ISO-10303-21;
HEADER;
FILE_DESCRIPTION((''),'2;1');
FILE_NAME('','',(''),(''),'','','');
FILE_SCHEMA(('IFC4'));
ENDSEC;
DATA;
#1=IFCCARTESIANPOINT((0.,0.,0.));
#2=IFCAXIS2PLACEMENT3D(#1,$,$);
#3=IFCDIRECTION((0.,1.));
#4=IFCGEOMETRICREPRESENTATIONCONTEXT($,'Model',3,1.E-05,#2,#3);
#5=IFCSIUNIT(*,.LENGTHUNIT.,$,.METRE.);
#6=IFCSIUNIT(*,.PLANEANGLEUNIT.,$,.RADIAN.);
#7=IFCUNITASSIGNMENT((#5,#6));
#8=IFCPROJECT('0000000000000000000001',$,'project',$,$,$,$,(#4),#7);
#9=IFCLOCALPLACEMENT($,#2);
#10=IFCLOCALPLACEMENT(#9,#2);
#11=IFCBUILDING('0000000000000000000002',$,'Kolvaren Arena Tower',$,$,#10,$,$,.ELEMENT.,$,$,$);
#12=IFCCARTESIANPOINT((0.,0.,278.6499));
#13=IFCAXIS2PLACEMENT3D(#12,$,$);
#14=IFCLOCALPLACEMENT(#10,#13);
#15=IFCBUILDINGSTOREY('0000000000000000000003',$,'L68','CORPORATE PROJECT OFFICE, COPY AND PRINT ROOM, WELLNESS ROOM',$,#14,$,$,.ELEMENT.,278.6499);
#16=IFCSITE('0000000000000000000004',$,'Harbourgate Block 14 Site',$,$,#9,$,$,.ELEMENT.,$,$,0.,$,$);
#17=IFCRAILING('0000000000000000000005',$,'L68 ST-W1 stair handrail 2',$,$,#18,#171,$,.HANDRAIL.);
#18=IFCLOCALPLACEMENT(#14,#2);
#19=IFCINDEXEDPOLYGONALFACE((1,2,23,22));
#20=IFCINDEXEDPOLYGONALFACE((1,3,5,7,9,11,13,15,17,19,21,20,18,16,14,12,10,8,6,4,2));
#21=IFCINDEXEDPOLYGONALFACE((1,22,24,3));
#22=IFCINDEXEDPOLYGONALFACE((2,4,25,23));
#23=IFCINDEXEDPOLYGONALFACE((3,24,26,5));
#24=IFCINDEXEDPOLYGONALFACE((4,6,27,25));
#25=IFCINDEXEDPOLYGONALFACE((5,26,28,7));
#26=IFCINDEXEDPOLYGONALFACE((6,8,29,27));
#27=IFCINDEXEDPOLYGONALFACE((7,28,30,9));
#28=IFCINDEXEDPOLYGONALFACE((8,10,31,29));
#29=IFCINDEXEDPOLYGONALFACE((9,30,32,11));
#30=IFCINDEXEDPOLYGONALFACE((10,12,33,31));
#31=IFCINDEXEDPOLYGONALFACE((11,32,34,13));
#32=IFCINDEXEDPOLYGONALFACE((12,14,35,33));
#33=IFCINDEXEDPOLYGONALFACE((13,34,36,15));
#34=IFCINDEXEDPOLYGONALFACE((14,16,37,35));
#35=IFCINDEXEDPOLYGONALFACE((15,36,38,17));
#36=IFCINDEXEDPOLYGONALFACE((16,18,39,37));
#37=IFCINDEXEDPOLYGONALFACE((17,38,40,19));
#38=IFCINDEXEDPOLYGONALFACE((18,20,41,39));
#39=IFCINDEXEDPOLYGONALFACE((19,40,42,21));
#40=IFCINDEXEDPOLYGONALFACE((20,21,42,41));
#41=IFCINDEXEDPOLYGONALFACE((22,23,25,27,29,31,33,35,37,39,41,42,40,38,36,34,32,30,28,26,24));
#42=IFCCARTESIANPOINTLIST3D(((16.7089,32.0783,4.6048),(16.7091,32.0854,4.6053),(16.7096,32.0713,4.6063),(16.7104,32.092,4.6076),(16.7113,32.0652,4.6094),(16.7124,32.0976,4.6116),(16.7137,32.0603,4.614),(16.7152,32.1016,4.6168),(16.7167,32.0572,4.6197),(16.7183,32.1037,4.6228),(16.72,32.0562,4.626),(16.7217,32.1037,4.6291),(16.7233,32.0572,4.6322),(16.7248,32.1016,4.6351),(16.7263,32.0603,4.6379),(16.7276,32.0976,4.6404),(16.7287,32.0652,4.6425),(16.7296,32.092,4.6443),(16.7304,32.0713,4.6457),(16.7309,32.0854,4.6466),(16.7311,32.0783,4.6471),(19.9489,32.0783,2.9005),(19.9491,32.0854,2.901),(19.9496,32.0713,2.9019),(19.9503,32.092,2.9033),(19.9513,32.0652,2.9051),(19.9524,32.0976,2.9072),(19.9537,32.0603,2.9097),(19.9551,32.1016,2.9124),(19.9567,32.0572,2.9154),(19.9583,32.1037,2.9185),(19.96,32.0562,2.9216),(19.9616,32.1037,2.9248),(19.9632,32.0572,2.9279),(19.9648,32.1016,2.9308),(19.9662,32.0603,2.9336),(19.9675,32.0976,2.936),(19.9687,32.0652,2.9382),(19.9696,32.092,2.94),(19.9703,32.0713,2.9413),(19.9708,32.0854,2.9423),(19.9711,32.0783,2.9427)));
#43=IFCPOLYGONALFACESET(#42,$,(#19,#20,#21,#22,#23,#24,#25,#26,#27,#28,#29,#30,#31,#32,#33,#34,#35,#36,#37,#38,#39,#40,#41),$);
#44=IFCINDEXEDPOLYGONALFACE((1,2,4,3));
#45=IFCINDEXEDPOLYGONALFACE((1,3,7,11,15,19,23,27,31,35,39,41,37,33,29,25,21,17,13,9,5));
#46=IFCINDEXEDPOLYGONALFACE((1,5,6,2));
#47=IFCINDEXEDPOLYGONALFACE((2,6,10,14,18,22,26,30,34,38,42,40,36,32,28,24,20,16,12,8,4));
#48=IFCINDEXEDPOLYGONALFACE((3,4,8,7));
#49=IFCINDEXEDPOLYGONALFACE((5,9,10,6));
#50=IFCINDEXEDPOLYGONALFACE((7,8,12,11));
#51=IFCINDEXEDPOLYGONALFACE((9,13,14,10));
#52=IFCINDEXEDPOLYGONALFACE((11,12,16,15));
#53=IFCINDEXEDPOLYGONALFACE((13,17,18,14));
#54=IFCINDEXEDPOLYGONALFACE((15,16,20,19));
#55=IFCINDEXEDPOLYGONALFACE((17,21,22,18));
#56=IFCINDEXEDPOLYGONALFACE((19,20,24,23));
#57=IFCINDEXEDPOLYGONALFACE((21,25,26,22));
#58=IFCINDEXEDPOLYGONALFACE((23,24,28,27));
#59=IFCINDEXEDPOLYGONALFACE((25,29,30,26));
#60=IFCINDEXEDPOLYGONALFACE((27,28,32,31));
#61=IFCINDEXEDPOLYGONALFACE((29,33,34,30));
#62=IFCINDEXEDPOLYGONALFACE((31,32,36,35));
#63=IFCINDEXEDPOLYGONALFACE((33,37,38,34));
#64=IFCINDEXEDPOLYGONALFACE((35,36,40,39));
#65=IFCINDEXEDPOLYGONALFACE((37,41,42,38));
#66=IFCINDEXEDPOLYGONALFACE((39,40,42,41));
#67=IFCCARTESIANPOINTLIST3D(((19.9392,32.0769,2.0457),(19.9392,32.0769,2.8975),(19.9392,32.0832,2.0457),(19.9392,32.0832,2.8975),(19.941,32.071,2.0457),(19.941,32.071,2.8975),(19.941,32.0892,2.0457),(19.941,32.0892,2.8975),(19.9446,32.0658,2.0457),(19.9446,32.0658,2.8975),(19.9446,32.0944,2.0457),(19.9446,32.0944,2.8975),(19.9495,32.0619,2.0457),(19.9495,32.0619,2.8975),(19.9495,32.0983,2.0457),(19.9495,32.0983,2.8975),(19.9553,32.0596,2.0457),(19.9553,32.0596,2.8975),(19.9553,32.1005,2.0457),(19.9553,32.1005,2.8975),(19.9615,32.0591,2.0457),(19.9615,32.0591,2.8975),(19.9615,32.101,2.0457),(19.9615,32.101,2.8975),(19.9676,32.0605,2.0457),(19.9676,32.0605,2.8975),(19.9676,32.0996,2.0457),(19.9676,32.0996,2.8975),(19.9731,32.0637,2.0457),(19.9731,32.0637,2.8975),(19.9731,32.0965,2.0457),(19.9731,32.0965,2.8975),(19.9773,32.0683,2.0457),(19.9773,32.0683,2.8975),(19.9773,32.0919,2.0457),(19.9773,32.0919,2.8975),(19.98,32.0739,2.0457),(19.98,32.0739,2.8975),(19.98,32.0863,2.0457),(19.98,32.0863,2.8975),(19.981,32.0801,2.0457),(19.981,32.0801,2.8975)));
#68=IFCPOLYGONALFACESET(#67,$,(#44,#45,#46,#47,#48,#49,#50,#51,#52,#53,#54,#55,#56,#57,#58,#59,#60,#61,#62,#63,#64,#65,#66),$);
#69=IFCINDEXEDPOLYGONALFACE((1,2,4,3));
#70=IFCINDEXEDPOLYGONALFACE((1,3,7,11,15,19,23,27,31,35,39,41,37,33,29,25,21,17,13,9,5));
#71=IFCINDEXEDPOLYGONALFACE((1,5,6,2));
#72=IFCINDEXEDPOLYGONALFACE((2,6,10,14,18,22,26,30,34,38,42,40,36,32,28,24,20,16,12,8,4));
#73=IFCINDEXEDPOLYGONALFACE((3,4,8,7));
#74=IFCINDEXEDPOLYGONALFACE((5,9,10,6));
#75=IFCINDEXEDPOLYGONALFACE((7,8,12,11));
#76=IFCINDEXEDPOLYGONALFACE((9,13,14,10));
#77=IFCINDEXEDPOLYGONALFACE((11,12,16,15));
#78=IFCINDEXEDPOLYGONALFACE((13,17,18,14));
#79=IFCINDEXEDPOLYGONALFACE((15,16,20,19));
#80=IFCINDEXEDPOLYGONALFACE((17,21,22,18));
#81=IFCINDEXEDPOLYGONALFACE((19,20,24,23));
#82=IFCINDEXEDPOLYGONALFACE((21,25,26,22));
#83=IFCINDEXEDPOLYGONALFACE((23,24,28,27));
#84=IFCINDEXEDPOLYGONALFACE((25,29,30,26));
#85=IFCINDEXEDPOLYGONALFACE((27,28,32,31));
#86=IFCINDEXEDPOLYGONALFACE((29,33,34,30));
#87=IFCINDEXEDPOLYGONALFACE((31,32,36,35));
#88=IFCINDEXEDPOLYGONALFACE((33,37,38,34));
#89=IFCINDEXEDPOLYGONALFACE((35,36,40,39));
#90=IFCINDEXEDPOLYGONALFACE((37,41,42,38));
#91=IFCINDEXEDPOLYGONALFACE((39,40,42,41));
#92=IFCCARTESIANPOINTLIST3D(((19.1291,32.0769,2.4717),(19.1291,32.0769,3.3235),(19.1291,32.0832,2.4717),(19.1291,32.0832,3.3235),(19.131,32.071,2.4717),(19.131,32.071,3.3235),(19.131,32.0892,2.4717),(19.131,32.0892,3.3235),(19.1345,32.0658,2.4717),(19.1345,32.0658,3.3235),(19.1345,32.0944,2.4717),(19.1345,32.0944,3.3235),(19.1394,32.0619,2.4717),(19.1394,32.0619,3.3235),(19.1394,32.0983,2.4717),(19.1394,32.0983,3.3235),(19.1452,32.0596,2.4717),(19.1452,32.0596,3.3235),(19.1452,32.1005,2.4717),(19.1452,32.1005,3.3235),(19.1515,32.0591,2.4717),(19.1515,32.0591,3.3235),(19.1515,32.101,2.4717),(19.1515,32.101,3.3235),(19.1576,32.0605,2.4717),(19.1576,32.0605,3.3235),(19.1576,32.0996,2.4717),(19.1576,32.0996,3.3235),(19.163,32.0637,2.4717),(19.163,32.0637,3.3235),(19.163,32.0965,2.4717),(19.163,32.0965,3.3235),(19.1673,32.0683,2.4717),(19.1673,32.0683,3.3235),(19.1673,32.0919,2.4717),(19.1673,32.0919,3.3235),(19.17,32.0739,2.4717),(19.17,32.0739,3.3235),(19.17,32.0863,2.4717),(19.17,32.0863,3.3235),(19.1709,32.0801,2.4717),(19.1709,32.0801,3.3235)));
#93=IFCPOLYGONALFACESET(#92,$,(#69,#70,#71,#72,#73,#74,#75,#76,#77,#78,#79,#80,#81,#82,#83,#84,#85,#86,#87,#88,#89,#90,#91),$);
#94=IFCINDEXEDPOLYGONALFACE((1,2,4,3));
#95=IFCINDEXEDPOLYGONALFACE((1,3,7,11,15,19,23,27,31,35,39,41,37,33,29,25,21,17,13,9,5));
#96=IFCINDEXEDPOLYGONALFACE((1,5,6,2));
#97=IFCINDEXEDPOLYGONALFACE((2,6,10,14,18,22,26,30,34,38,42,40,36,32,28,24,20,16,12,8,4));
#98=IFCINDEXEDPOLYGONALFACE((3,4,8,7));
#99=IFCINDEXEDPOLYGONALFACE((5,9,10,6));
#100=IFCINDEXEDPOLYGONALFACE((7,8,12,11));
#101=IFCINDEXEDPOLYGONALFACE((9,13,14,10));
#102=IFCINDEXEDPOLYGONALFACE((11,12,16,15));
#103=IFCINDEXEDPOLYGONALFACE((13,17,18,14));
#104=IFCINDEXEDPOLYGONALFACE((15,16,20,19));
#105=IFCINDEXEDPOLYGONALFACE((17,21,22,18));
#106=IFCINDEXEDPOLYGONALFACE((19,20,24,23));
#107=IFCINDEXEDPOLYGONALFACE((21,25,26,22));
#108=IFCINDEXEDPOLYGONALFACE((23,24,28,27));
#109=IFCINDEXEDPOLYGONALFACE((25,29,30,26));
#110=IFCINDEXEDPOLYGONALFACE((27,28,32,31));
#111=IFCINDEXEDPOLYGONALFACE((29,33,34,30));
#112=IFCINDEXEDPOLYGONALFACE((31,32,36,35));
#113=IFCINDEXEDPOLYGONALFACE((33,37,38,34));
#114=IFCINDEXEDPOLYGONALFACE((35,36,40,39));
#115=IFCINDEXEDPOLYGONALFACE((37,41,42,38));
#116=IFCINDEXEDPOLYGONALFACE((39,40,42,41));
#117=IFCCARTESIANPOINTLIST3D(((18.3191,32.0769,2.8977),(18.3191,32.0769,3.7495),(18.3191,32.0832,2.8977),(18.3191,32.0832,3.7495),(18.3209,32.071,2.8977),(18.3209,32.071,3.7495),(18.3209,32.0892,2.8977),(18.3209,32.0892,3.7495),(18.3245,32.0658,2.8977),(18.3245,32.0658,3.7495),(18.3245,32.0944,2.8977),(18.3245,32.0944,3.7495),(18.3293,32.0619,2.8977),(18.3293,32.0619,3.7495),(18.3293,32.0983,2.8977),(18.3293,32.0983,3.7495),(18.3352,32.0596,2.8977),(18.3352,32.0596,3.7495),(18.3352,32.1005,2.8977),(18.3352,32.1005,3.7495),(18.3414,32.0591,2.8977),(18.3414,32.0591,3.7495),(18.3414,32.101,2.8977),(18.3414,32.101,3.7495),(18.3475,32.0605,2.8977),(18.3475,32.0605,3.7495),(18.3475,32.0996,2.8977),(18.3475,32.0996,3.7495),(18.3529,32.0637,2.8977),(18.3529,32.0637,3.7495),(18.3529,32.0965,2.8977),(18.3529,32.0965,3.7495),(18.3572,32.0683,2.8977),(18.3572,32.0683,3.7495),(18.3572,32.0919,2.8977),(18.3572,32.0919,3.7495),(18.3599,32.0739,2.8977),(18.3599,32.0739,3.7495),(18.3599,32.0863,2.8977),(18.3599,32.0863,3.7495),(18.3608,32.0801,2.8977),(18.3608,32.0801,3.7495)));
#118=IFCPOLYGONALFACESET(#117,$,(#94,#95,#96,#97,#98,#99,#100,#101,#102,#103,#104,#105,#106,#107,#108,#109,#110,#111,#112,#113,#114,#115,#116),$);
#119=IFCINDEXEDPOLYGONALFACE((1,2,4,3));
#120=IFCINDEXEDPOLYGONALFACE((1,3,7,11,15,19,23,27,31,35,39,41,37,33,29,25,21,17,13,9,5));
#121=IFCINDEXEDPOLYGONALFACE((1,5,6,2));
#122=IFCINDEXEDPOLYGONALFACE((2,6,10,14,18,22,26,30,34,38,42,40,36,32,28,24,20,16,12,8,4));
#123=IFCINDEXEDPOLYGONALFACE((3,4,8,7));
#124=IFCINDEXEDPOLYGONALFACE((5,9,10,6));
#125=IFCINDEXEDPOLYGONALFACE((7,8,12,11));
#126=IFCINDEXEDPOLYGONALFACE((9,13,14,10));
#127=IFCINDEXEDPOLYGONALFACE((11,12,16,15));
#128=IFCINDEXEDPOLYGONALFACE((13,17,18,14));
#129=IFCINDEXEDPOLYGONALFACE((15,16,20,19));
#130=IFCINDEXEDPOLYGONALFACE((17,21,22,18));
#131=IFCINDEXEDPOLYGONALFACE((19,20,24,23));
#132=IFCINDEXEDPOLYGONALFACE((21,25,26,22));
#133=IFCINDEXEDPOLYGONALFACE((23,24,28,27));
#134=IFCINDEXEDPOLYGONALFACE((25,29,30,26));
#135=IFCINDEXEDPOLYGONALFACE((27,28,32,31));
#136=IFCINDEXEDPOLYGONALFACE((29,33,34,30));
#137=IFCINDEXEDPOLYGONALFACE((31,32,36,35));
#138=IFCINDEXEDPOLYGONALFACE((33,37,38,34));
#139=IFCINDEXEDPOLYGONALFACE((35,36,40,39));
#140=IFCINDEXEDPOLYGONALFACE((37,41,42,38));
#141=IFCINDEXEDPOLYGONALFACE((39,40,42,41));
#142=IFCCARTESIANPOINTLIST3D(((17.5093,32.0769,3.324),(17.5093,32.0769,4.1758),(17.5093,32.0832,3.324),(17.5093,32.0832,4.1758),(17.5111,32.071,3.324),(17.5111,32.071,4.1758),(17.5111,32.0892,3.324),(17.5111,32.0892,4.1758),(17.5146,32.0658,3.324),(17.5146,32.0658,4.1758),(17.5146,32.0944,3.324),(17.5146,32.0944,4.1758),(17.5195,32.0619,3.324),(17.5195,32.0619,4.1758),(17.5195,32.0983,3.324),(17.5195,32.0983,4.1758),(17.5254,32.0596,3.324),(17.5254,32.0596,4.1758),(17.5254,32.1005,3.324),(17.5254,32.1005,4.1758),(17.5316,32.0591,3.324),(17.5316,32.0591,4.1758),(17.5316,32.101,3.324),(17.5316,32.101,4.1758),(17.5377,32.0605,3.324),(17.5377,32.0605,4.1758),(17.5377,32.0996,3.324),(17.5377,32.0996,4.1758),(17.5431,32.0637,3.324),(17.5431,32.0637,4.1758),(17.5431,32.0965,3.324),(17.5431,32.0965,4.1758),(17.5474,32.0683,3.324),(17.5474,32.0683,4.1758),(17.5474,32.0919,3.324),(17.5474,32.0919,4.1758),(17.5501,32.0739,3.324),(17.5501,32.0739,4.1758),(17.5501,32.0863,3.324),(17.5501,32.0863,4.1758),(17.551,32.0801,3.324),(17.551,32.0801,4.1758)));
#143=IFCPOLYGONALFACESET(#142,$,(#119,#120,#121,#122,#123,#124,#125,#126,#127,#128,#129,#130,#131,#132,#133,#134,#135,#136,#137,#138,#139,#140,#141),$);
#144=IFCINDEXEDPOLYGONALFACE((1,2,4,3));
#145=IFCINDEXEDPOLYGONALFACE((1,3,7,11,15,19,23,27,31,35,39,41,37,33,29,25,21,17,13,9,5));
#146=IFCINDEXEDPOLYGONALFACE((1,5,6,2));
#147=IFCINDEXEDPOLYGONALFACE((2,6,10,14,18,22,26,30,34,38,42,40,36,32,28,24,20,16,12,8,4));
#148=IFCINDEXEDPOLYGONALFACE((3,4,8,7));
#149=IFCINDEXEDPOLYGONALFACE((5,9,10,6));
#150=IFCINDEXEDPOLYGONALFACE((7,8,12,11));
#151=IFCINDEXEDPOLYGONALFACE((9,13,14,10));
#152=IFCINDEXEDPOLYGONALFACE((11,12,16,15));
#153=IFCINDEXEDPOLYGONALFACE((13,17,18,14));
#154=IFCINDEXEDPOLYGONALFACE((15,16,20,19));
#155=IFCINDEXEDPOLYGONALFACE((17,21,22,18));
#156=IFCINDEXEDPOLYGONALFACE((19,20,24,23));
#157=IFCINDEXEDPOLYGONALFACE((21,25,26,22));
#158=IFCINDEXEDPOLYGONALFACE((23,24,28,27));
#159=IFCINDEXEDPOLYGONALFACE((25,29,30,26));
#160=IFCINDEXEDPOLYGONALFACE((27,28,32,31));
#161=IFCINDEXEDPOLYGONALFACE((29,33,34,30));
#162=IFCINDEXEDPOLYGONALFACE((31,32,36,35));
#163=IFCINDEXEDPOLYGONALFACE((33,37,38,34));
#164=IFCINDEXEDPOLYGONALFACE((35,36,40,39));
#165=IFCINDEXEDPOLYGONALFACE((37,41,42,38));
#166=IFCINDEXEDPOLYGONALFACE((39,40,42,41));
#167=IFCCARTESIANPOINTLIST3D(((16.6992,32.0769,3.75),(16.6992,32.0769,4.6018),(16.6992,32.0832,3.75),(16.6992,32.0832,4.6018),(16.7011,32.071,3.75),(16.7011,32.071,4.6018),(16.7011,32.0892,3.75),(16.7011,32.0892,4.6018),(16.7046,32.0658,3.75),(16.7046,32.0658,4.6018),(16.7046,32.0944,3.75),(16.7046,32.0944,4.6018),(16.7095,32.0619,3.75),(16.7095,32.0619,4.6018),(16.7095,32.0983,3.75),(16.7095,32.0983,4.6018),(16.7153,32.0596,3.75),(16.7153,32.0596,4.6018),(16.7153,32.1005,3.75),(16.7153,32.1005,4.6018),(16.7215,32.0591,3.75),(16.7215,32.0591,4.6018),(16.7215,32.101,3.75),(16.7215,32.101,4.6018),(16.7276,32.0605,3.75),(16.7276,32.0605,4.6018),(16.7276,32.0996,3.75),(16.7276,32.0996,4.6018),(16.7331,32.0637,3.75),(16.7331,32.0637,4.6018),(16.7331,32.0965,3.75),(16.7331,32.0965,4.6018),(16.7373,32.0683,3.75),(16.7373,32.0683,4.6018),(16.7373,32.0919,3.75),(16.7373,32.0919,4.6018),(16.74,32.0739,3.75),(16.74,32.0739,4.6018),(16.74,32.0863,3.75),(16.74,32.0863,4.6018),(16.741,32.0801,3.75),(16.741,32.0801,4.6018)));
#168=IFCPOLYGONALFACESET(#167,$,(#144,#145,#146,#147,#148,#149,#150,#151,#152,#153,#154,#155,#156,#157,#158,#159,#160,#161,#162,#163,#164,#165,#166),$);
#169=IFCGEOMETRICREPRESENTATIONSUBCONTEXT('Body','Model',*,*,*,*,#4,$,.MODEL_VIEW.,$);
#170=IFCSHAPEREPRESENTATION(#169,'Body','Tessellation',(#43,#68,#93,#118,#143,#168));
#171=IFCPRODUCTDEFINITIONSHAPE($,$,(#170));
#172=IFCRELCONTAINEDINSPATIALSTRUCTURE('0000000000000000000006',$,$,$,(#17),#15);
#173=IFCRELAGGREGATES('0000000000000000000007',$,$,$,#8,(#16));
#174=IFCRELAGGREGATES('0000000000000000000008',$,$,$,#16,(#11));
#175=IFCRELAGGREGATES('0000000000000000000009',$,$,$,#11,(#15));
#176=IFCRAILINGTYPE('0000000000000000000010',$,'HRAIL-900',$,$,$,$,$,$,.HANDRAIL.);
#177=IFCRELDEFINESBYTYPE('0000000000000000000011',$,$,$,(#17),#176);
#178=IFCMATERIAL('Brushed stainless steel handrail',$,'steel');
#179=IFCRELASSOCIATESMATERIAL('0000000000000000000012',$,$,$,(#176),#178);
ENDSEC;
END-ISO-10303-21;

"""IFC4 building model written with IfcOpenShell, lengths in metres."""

from ifc_helpers import new_model, si_unit, direction, frame, origin, origin_2d, place, context, subcontext, project, spatial, circle, extrude, material, type_object, element, save


model = new_model("IFC4")

# Units and contexts
model_context = context("Model", 3, precision=1e-05, world=origin(), true_north=direction((0.0, 1.0)))
body_context = subcontext(model_context, "Body", "Model", "MODEL_VIEW")
ifc_project = project(units=[si_unit("LENGTHUNIT", "METRE"), si_unit("PLANEANGLEUNIT", "RADIAN")], contexts=[model_context])

# Site, building, storey
site_placement = place(None, origin())
site = spatial("IfcSite", under=ifc_project, at=site_placement, Name="Harbourgate Block 14 Site", CompositionType="ELEMENT", RefElevation=0.0)
building_placement = place(site_placement, origin())
building = spatial("IfcBuilding", under=site, at=building_placement, Name="Kolvaren Arena Tower", CompositionType="ELEMENT")
storey_placement = place(building_placement, frame((0.0, 0.0, 278.6499)))
storey = spatial("IfcBuildingStorey", under=building, at=storey_placement, Name="L68", Description="CORPORATE PROJECT OFFICE, COPY AND PRINT ROOM, WELLNESS ROOM", CompositionType="ELEMENT", Elevation=278.6499)

# Railing
ifc_material_1 = material(Name="Brushed stainless steel handrail", Category="steel")
railing_type_1 = type_object("IfcRailingType", Name="HRAIL-900", PredefinedType="HANDRAIL", material=ifc_material_1)
railing_1_placement = place(storey_placement, frame((19.96, 32.0801, 2.0457)))
element("IfcRailing", 1, at=railing_1_placement, inside=storey, type_object=railing_type_1, Name="L68 ST-W1 stair handrail 2", PredefinedType="HANDRAIL", context=body_context, shape_type="SweptSolid", body=[
    extrude(circle(Radius=0.0239, at=origin_2d()), frame((0.0, 0.0, 0.876), z_axis=(-0.885021, 0.0, 0.465551), x_axis=(0.0, -1.0, 0.0)), (0.0, 0.0, 1.0), 3.6609),
    extrude(circle(Radius=0.021, at=origin_2d()), origin(), (0.0, 0.0, 1.0), 0.8518),
    extrude(circle(Radius=0.021, at=origin_2d()), frame((-0.8101, 0.0, 0.426)), (0.0, 0.0, 1.0), 0.8518),
    extrude(circle(Radius=0.021, at=origin_2d()), frame((-1.6201, 0.0, 0.8521)), (0.0, 0.0, 1.0), 0.8518),
    extrude(circle(Radius=0.021, at=origin_2d()), frame((-2.4299, 0.0, 1.2783)), (0.0, 0.0, 1.0), 0.8518),
    extrude(circle(Radius=0.021, at=origin_2d()), frame((-3.24, 0.0, 1.7043)), (0.0, 0.0, 1.0), 0.8518),
])

save(model, "model.ifc")
